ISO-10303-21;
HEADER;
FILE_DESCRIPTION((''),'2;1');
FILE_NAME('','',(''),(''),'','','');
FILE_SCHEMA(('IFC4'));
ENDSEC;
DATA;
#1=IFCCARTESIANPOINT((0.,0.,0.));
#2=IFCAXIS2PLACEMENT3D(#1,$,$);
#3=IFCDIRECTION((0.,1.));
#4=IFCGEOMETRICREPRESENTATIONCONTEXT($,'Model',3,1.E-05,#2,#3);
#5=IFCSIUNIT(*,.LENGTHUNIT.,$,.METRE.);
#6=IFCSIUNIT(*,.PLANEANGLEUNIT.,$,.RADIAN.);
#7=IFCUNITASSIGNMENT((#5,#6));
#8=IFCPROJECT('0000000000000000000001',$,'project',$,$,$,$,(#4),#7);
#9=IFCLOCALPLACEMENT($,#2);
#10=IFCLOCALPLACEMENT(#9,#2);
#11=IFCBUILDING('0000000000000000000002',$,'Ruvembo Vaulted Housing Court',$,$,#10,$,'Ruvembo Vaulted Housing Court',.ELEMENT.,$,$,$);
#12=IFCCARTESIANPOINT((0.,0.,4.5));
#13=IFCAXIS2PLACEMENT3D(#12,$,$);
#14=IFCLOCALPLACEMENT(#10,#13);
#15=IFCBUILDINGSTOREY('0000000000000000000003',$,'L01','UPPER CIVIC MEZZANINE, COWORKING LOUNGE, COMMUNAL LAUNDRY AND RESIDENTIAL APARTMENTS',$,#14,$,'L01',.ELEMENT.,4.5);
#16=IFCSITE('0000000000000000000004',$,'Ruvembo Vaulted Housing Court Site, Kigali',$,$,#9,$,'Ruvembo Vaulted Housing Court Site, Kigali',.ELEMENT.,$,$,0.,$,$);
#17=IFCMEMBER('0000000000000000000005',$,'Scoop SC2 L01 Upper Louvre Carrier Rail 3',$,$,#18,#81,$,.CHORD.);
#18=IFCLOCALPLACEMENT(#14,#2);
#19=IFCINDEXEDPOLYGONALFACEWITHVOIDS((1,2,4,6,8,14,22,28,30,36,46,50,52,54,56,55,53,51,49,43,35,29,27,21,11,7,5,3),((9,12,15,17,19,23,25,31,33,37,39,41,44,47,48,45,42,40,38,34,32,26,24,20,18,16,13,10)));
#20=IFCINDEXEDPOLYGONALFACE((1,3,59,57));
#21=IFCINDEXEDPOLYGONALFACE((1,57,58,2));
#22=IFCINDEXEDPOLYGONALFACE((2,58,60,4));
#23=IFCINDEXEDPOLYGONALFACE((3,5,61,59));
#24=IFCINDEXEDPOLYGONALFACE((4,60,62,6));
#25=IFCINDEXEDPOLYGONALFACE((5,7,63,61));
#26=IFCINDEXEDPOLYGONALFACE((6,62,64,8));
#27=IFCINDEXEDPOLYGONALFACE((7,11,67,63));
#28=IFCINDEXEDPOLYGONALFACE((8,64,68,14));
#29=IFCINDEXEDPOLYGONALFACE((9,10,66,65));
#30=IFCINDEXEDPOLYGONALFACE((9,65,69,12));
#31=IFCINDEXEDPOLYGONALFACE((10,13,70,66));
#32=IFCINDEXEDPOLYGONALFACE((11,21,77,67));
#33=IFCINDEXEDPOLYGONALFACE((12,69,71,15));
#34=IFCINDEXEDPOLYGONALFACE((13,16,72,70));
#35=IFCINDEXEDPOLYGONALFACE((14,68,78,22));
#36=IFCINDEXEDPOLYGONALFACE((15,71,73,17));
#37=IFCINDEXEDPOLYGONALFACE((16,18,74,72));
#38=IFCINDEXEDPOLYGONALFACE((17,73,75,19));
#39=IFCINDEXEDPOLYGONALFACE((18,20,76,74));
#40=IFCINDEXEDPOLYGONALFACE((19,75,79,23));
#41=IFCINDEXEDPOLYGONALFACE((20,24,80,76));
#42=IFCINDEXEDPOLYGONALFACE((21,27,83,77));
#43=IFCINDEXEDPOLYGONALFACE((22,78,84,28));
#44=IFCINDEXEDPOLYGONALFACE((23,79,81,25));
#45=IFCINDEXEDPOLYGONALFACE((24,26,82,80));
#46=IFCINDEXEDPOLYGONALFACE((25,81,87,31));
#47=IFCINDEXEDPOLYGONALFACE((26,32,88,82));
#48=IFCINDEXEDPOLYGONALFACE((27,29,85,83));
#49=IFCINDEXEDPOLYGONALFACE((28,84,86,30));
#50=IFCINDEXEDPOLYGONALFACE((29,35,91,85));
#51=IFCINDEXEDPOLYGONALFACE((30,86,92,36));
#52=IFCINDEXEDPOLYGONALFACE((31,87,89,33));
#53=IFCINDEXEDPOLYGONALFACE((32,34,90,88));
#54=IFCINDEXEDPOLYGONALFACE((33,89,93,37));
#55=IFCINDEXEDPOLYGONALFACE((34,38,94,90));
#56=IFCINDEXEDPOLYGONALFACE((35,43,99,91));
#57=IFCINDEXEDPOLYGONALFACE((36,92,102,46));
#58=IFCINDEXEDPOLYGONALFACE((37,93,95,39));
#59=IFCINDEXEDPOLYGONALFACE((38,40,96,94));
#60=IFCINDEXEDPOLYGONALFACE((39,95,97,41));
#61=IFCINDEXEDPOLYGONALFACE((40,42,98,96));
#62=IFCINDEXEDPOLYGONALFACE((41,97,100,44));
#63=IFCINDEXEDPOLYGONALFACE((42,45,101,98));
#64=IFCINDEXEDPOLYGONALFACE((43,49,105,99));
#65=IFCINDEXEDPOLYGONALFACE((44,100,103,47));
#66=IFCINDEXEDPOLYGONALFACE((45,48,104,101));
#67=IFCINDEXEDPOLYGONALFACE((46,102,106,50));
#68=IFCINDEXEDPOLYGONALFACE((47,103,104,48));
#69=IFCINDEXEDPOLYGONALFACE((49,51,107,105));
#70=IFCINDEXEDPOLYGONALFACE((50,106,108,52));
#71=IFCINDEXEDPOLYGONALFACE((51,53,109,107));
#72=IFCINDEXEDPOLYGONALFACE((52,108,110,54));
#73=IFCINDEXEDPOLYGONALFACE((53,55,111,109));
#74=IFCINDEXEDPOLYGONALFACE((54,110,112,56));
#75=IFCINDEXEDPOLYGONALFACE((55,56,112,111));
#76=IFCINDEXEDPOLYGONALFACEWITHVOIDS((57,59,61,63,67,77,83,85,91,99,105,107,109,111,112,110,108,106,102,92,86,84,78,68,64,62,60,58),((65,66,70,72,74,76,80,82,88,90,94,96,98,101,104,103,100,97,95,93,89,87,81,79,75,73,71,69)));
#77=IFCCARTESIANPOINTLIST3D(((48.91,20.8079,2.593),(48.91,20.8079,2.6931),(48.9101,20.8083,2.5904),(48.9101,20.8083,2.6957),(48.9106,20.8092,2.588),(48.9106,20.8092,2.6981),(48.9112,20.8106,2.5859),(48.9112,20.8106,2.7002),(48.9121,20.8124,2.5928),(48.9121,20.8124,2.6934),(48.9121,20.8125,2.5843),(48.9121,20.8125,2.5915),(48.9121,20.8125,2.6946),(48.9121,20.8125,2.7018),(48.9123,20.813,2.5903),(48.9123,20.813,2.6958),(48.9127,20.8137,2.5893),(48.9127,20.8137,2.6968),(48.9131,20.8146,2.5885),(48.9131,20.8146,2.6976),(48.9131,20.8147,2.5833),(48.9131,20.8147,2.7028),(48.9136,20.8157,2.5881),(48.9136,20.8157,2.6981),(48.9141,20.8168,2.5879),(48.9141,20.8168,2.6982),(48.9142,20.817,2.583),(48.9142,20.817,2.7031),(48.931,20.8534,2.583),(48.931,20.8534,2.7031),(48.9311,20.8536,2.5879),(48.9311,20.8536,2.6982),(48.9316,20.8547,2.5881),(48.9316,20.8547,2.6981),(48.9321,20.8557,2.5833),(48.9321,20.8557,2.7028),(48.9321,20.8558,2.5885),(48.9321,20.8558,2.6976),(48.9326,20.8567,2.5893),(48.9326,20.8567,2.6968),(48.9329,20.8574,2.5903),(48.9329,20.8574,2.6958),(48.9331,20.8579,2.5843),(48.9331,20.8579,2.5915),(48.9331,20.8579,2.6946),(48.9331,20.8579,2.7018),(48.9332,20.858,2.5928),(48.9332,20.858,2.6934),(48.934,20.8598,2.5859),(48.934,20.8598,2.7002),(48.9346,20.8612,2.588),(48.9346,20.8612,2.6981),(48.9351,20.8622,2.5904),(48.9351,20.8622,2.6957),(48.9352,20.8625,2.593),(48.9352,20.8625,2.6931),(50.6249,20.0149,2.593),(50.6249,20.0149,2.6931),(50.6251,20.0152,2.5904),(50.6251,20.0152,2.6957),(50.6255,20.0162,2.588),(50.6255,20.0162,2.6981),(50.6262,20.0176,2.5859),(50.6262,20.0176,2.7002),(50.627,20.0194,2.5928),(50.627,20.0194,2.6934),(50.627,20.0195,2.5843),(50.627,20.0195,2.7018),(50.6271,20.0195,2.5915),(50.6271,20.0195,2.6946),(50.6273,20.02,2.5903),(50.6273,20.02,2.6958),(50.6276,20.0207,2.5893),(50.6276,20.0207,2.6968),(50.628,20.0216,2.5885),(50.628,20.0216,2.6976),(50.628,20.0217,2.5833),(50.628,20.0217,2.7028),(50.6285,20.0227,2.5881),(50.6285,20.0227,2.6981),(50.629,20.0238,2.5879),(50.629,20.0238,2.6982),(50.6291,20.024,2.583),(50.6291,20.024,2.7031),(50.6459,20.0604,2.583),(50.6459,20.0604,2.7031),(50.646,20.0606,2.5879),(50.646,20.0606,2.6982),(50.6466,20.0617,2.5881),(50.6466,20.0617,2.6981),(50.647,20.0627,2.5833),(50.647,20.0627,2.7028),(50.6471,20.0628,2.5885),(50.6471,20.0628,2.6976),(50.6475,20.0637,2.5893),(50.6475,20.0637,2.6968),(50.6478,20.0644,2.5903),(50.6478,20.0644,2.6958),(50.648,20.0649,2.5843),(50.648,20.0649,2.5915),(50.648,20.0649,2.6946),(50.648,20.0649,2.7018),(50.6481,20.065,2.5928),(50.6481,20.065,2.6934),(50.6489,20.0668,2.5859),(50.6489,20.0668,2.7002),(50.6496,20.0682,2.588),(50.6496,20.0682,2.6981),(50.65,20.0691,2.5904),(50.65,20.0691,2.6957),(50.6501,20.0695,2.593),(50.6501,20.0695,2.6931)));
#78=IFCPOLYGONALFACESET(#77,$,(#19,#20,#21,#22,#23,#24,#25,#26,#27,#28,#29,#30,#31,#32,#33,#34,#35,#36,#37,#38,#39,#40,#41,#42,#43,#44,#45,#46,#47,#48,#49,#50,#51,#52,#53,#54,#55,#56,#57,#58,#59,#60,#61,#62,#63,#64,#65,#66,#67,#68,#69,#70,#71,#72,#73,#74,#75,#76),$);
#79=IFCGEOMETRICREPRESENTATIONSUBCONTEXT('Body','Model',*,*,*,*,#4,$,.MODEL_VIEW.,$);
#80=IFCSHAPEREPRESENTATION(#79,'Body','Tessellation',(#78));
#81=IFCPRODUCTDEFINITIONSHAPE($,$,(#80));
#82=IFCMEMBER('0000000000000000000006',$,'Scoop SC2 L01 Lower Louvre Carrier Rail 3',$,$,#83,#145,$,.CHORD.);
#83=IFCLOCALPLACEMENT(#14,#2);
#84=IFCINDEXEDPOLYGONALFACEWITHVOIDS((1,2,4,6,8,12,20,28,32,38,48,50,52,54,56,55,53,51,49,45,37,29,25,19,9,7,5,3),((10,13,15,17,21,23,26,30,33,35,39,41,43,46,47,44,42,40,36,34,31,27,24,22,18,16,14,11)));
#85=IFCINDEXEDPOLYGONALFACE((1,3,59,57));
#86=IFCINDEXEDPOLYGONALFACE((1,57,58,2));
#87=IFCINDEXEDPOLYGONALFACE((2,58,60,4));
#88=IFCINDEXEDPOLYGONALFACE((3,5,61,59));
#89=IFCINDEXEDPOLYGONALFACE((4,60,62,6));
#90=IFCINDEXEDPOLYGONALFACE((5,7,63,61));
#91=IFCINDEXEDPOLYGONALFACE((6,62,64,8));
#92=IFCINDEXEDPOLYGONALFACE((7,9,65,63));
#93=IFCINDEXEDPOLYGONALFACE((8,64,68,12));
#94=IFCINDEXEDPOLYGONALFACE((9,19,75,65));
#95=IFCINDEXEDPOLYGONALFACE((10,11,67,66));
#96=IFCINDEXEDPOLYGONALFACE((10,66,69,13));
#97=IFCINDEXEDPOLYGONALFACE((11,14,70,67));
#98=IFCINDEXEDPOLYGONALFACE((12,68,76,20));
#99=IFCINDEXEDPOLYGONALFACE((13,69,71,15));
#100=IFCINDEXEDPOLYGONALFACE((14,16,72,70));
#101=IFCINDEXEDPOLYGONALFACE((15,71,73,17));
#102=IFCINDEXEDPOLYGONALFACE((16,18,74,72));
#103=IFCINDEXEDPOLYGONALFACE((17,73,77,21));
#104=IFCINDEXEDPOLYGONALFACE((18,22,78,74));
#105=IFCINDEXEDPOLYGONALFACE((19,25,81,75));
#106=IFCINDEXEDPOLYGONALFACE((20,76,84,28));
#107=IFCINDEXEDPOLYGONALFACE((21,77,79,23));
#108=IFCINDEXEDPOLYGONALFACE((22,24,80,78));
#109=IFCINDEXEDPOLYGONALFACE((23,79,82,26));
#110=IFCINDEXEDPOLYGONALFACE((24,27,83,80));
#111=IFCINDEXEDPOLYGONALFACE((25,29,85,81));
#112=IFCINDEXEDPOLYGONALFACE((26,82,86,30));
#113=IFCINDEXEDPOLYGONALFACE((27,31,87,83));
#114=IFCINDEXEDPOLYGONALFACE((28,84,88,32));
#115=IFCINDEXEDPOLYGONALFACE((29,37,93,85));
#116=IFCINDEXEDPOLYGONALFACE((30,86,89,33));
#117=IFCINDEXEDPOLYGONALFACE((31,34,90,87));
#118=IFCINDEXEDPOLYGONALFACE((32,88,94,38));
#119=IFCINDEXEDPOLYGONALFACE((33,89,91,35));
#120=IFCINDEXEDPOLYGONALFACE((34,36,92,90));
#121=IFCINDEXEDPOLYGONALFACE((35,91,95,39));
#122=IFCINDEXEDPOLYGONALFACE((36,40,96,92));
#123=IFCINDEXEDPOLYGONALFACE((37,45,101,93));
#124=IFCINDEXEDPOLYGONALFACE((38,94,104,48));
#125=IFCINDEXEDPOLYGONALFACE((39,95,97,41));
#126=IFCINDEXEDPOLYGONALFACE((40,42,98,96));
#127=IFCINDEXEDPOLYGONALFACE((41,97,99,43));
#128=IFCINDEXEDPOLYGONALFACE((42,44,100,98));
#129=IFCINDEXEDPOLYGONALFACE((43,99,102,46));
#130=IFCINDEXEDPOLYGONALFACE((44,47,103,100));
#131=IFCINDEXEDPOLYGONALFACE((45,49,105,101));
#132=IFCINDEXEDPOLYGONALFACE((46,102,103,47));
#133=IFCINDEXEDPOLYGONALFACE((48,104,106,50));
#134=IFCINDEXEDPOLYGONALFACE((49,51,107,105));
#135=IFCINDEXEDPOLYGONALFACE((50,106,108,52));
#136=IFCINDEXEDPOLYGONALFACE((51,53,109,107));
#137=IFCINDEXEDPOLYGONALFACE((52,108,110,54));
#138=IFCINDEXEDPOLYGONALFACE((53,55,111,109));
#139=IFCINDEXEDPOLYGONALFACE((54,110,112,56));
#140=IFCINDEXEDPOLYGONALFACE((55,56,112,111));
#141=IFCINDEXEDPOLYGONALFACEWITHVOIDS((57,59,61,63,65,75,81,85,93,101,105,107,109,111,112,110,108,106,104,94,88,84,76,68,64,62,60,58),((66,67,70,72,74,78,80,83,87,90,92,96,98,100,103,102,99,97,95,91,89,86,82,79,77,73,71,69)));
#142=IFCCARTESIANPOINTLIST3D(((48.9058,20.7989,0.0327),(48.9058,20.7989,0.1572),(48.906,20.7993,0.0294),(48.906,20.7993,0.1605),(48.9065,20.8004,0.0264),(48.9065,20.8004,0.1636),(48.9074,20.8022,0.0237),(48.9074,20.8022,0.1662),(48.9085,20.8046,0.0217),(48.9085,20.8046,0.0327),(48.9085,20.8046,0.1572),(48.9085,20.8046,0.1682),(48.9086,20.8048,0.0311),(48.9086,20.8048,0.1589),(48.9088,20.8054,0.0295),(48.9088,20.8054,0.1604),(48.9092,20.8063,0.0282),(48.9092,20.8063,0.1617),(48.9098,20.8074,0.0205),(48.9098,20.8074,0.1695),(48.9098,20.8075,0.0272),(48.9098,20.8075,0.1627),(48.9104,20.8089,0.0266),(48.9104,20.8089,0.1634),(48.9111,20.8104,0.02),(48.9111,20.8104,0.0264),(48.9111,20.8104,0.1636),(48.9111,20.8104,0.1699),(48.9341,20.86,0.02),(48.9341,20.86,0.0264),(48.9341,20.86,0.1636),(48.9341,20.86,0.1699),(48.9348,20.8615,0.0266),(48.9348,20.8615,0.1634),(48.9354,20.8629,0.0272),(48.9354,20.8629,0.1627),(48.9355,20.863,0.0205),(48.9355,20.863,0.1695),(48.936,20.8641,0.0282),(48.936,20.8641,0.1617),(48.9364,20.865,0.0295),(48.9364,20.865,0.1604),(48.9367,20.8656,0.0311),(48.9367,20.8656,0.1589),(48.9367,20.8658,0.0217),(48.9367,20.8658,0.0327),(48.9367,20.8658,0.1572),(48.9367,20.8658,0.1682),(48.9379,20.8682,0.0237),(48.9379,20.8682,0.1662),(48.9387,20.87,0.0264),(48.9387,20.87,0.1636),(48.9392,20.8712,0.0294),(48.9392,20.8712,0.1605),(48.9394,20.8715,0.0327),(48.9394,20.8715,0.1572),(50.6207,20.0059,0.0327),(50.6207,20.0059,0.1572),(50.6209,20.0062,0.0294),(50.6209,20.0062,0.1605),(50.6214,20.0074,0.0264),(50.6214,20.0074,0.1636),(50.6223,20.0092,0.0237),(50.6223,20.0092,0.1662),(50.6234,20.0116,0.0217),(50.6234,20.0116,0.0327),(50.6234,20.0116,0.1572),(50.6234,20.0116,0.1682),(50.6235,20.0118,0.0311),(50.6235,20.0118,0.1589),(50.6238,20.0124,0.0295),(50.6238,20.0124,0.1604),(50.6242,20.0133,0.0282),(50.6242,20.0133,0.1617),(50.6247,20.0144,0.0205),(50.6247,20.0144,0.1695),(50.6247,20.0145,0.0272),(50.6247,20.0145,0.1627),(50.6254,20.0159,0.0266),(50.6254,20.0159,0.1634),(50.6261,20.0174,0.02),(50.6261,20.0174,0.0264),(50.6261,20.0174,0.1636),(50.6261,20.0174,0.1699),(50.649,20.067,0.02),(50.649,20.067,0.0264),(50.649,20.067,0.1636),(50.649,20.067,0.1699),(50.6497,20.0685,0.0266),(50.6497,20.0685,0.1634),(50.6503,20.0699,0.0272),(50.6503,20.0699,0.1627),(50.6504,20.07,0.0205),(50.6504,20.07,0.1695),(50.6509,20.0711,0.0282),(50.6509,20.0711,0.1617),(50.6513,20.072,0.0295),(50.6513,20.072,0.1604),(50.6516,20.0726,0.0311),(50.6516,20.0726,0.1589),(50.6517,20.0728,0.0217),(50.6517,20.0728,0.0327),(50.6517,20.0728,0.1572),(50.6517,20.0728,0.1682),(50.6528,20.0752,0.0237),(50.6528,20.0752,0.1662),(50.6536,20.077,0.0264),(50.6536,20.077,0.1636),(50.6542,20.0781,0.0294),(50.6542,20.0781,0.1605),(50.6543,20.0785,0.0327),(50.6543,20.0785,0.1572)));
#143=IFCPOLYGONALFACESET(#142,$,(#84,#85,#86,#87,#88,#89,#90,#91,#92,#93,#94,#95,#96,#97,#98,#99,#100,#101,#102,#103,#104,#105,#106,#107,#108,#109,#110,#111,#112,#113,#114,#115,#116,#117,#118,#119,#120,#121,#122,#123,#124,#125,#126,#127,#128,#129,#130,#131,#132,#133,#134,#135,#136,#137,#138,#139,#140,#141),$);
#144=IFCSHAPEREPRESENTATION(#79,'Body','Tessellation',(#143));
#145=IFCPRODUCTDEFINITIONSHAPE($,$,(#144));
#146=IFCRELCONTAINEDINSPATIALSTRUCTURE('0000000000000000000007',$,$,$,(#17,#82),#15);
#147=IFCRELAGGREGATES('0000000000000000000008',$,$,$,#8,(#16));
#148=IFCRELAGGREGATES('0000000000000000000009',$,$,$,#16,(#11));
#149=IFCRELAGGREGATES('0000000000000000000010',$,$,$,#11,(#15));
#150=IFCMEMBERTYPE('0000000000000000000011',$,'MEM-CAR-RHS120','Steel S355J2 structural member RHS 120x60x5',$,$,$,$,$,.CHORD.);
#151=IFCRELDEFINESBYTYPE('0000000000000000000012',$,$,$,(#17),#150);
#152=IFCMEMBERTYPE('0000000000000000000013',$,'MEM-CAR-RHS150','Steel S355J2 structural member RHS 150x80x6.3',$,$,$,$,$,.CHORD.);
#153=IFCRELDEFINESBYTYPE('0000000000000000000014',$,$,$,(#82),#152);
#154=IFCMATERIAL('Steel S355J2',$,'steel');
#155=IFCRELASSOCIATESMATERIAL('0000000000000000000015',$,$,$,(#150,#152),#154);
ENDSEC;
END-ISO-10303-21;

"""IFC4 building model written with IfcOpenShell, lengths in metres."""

from ifc_helpers import new_model, si_unit, direction, frame, origin, origin_2d, place, context, subcontext, project, spatial, hollow_rectangle, extrude, material, material_profile, profile_set, type_object, element, save


model = new_model("IFC4")

# Units and contexts
model_context = context("Model", 3, precision=1e-05, world=origin(), true_north=direction((0.0, 1.0)))
body_context = subcontext(model_context, "Body", "Model", "MODEL_VIEW")
ifc_project = project(units=[si_unit("LENGTHUNIT", "METRE"), si_unit("PLANEANGLEUNIT", "RADIAN")], contexts=[model_context])

# Site, building, storey
site_placement = place(None, origin())
site = spatial("IfcSite", under=ifc_project, at=site_placement, Name="Ruvembo Vaulted Housing Court Site, Kigali", LongName="Ruvembo Vaulted Housing Court Site, Kigali", CompositionType="ELEMENT", RefElevation=0.0)
building_placement = place(site_placement, origin())
building = spatial("IfcBuilding", under=site, at=building_placement, Name="Ruvembo Vaulted Housing Court", LongName="Ruvembo Vaulted Housing Court", CompositionType="ELEMENT")
storey_placement = place(building_placement, frame((0.0, 0.0, 4.5)))
storey = spatial("IfcBuildingStorey", under=building, at=storey_placement, Name="L01", Description="UPPER CIVIC MEZZANINE, COWORKING LOUNGE, COMMUNAL LAUNDRY AND RESIDENTIAL APARTMENTS", LongName="L01", CompositionType="ELEMENT", Elevation=4.5)

# Shared definitions
ifc_material_1 = material(Name="Steel S355J2", Category="steel")

# Members
ifc_material_profile_1 = material_profile(ifc_material_1, hollow_rectangle(XDim=0.0601, YDim=0.1201, WallThickness=0.0049, InnerFilletRadius=0.0049, OuterFilletRadius=0.01, at=origin_2d()), Name="RHS 120x60x5")
ifc_profile_set_1 = profile_set([ifc_material_profile_1], Name="Steel S355J2")
member_type_1 = type_object("IfcMemberType", Name="MEM-CAR-RHS120", Description="Steel S355J2 structural member RHS 120x60x5", PredefinedType="CHORD", material=ifc_profile_set_1)
member_1_placement = place(storey_placement, frame((48.9226, 20.8352, 2.6431), z_axis=(0.907657, -0.419714, 0.0), x_axis=(0.419714, 0.907657, 0.0)))
element("IfcMember", 1, at=member_1_placement, inside=storey, type_object=member_type_1, Name="Scoop SC2 L01 Upper Louvre Carrier Rail 3", PredefinedType="CHORD", context=body_context, shape_type="SweptSolid", body=[
    extrude(hollow_rectangle(XDim=0.0601, YDim=0.1201, WallThickness=0.0049, InnerFilletRadius=0.0049, OuterFilletRadius=0.01, at=origin_2d()), origin(), (0.0, 0.0, 1.0), 1.8894),
])
ifc_material_profile_2 = material_profile(ifc_material_1, hollow_rectangle(XDim=0.0801, YDim=0.1499, WallThickness=0.0063, InnerFilletRadius=0.0063, OuterFilletRadius=0.0127, at=origin_2d()), Name="RHS 150x80x6.3")
ifc_profile_set_2 = profile_set([ifc_material_profile_2], Name="Steel S355J2")
member_type_2 = type_object("IfcMemberType", Name="MEM-CAR-RHS150", Description="Steel S355J2 structural member RHS 150x80x6.3", PredefinedType="CHORD", material=ifc_profile_set_2)
member_2_placement = place(storey_placement, frame((48.9226, 20.8352, 0.095), z_axis=(0.907657, -0.419714, 0.0), x_axis=(0.419714, 0.907657, 0.0)))
element("IfcMember", 2, at=member_2_placement, inside=storey, type_object=member_type_2, Name="Scoop SC2 L01 Lower Louvre Carrier Rail 3", PredefinedType="CHORD", context=body_context, shape_type="SweptSolid", body=[
    extrude(hollow_rectangle(XDim=0.0801, YDim=0.1499, WallThickness=0.0063, InnerFilletRadius=0.0063, OuterFilletRadius=0.0127, at=origin_2d()), origin(), (0.0, 0.0, 1.0), 1.8894),
])

save(model, "model.ifc")
